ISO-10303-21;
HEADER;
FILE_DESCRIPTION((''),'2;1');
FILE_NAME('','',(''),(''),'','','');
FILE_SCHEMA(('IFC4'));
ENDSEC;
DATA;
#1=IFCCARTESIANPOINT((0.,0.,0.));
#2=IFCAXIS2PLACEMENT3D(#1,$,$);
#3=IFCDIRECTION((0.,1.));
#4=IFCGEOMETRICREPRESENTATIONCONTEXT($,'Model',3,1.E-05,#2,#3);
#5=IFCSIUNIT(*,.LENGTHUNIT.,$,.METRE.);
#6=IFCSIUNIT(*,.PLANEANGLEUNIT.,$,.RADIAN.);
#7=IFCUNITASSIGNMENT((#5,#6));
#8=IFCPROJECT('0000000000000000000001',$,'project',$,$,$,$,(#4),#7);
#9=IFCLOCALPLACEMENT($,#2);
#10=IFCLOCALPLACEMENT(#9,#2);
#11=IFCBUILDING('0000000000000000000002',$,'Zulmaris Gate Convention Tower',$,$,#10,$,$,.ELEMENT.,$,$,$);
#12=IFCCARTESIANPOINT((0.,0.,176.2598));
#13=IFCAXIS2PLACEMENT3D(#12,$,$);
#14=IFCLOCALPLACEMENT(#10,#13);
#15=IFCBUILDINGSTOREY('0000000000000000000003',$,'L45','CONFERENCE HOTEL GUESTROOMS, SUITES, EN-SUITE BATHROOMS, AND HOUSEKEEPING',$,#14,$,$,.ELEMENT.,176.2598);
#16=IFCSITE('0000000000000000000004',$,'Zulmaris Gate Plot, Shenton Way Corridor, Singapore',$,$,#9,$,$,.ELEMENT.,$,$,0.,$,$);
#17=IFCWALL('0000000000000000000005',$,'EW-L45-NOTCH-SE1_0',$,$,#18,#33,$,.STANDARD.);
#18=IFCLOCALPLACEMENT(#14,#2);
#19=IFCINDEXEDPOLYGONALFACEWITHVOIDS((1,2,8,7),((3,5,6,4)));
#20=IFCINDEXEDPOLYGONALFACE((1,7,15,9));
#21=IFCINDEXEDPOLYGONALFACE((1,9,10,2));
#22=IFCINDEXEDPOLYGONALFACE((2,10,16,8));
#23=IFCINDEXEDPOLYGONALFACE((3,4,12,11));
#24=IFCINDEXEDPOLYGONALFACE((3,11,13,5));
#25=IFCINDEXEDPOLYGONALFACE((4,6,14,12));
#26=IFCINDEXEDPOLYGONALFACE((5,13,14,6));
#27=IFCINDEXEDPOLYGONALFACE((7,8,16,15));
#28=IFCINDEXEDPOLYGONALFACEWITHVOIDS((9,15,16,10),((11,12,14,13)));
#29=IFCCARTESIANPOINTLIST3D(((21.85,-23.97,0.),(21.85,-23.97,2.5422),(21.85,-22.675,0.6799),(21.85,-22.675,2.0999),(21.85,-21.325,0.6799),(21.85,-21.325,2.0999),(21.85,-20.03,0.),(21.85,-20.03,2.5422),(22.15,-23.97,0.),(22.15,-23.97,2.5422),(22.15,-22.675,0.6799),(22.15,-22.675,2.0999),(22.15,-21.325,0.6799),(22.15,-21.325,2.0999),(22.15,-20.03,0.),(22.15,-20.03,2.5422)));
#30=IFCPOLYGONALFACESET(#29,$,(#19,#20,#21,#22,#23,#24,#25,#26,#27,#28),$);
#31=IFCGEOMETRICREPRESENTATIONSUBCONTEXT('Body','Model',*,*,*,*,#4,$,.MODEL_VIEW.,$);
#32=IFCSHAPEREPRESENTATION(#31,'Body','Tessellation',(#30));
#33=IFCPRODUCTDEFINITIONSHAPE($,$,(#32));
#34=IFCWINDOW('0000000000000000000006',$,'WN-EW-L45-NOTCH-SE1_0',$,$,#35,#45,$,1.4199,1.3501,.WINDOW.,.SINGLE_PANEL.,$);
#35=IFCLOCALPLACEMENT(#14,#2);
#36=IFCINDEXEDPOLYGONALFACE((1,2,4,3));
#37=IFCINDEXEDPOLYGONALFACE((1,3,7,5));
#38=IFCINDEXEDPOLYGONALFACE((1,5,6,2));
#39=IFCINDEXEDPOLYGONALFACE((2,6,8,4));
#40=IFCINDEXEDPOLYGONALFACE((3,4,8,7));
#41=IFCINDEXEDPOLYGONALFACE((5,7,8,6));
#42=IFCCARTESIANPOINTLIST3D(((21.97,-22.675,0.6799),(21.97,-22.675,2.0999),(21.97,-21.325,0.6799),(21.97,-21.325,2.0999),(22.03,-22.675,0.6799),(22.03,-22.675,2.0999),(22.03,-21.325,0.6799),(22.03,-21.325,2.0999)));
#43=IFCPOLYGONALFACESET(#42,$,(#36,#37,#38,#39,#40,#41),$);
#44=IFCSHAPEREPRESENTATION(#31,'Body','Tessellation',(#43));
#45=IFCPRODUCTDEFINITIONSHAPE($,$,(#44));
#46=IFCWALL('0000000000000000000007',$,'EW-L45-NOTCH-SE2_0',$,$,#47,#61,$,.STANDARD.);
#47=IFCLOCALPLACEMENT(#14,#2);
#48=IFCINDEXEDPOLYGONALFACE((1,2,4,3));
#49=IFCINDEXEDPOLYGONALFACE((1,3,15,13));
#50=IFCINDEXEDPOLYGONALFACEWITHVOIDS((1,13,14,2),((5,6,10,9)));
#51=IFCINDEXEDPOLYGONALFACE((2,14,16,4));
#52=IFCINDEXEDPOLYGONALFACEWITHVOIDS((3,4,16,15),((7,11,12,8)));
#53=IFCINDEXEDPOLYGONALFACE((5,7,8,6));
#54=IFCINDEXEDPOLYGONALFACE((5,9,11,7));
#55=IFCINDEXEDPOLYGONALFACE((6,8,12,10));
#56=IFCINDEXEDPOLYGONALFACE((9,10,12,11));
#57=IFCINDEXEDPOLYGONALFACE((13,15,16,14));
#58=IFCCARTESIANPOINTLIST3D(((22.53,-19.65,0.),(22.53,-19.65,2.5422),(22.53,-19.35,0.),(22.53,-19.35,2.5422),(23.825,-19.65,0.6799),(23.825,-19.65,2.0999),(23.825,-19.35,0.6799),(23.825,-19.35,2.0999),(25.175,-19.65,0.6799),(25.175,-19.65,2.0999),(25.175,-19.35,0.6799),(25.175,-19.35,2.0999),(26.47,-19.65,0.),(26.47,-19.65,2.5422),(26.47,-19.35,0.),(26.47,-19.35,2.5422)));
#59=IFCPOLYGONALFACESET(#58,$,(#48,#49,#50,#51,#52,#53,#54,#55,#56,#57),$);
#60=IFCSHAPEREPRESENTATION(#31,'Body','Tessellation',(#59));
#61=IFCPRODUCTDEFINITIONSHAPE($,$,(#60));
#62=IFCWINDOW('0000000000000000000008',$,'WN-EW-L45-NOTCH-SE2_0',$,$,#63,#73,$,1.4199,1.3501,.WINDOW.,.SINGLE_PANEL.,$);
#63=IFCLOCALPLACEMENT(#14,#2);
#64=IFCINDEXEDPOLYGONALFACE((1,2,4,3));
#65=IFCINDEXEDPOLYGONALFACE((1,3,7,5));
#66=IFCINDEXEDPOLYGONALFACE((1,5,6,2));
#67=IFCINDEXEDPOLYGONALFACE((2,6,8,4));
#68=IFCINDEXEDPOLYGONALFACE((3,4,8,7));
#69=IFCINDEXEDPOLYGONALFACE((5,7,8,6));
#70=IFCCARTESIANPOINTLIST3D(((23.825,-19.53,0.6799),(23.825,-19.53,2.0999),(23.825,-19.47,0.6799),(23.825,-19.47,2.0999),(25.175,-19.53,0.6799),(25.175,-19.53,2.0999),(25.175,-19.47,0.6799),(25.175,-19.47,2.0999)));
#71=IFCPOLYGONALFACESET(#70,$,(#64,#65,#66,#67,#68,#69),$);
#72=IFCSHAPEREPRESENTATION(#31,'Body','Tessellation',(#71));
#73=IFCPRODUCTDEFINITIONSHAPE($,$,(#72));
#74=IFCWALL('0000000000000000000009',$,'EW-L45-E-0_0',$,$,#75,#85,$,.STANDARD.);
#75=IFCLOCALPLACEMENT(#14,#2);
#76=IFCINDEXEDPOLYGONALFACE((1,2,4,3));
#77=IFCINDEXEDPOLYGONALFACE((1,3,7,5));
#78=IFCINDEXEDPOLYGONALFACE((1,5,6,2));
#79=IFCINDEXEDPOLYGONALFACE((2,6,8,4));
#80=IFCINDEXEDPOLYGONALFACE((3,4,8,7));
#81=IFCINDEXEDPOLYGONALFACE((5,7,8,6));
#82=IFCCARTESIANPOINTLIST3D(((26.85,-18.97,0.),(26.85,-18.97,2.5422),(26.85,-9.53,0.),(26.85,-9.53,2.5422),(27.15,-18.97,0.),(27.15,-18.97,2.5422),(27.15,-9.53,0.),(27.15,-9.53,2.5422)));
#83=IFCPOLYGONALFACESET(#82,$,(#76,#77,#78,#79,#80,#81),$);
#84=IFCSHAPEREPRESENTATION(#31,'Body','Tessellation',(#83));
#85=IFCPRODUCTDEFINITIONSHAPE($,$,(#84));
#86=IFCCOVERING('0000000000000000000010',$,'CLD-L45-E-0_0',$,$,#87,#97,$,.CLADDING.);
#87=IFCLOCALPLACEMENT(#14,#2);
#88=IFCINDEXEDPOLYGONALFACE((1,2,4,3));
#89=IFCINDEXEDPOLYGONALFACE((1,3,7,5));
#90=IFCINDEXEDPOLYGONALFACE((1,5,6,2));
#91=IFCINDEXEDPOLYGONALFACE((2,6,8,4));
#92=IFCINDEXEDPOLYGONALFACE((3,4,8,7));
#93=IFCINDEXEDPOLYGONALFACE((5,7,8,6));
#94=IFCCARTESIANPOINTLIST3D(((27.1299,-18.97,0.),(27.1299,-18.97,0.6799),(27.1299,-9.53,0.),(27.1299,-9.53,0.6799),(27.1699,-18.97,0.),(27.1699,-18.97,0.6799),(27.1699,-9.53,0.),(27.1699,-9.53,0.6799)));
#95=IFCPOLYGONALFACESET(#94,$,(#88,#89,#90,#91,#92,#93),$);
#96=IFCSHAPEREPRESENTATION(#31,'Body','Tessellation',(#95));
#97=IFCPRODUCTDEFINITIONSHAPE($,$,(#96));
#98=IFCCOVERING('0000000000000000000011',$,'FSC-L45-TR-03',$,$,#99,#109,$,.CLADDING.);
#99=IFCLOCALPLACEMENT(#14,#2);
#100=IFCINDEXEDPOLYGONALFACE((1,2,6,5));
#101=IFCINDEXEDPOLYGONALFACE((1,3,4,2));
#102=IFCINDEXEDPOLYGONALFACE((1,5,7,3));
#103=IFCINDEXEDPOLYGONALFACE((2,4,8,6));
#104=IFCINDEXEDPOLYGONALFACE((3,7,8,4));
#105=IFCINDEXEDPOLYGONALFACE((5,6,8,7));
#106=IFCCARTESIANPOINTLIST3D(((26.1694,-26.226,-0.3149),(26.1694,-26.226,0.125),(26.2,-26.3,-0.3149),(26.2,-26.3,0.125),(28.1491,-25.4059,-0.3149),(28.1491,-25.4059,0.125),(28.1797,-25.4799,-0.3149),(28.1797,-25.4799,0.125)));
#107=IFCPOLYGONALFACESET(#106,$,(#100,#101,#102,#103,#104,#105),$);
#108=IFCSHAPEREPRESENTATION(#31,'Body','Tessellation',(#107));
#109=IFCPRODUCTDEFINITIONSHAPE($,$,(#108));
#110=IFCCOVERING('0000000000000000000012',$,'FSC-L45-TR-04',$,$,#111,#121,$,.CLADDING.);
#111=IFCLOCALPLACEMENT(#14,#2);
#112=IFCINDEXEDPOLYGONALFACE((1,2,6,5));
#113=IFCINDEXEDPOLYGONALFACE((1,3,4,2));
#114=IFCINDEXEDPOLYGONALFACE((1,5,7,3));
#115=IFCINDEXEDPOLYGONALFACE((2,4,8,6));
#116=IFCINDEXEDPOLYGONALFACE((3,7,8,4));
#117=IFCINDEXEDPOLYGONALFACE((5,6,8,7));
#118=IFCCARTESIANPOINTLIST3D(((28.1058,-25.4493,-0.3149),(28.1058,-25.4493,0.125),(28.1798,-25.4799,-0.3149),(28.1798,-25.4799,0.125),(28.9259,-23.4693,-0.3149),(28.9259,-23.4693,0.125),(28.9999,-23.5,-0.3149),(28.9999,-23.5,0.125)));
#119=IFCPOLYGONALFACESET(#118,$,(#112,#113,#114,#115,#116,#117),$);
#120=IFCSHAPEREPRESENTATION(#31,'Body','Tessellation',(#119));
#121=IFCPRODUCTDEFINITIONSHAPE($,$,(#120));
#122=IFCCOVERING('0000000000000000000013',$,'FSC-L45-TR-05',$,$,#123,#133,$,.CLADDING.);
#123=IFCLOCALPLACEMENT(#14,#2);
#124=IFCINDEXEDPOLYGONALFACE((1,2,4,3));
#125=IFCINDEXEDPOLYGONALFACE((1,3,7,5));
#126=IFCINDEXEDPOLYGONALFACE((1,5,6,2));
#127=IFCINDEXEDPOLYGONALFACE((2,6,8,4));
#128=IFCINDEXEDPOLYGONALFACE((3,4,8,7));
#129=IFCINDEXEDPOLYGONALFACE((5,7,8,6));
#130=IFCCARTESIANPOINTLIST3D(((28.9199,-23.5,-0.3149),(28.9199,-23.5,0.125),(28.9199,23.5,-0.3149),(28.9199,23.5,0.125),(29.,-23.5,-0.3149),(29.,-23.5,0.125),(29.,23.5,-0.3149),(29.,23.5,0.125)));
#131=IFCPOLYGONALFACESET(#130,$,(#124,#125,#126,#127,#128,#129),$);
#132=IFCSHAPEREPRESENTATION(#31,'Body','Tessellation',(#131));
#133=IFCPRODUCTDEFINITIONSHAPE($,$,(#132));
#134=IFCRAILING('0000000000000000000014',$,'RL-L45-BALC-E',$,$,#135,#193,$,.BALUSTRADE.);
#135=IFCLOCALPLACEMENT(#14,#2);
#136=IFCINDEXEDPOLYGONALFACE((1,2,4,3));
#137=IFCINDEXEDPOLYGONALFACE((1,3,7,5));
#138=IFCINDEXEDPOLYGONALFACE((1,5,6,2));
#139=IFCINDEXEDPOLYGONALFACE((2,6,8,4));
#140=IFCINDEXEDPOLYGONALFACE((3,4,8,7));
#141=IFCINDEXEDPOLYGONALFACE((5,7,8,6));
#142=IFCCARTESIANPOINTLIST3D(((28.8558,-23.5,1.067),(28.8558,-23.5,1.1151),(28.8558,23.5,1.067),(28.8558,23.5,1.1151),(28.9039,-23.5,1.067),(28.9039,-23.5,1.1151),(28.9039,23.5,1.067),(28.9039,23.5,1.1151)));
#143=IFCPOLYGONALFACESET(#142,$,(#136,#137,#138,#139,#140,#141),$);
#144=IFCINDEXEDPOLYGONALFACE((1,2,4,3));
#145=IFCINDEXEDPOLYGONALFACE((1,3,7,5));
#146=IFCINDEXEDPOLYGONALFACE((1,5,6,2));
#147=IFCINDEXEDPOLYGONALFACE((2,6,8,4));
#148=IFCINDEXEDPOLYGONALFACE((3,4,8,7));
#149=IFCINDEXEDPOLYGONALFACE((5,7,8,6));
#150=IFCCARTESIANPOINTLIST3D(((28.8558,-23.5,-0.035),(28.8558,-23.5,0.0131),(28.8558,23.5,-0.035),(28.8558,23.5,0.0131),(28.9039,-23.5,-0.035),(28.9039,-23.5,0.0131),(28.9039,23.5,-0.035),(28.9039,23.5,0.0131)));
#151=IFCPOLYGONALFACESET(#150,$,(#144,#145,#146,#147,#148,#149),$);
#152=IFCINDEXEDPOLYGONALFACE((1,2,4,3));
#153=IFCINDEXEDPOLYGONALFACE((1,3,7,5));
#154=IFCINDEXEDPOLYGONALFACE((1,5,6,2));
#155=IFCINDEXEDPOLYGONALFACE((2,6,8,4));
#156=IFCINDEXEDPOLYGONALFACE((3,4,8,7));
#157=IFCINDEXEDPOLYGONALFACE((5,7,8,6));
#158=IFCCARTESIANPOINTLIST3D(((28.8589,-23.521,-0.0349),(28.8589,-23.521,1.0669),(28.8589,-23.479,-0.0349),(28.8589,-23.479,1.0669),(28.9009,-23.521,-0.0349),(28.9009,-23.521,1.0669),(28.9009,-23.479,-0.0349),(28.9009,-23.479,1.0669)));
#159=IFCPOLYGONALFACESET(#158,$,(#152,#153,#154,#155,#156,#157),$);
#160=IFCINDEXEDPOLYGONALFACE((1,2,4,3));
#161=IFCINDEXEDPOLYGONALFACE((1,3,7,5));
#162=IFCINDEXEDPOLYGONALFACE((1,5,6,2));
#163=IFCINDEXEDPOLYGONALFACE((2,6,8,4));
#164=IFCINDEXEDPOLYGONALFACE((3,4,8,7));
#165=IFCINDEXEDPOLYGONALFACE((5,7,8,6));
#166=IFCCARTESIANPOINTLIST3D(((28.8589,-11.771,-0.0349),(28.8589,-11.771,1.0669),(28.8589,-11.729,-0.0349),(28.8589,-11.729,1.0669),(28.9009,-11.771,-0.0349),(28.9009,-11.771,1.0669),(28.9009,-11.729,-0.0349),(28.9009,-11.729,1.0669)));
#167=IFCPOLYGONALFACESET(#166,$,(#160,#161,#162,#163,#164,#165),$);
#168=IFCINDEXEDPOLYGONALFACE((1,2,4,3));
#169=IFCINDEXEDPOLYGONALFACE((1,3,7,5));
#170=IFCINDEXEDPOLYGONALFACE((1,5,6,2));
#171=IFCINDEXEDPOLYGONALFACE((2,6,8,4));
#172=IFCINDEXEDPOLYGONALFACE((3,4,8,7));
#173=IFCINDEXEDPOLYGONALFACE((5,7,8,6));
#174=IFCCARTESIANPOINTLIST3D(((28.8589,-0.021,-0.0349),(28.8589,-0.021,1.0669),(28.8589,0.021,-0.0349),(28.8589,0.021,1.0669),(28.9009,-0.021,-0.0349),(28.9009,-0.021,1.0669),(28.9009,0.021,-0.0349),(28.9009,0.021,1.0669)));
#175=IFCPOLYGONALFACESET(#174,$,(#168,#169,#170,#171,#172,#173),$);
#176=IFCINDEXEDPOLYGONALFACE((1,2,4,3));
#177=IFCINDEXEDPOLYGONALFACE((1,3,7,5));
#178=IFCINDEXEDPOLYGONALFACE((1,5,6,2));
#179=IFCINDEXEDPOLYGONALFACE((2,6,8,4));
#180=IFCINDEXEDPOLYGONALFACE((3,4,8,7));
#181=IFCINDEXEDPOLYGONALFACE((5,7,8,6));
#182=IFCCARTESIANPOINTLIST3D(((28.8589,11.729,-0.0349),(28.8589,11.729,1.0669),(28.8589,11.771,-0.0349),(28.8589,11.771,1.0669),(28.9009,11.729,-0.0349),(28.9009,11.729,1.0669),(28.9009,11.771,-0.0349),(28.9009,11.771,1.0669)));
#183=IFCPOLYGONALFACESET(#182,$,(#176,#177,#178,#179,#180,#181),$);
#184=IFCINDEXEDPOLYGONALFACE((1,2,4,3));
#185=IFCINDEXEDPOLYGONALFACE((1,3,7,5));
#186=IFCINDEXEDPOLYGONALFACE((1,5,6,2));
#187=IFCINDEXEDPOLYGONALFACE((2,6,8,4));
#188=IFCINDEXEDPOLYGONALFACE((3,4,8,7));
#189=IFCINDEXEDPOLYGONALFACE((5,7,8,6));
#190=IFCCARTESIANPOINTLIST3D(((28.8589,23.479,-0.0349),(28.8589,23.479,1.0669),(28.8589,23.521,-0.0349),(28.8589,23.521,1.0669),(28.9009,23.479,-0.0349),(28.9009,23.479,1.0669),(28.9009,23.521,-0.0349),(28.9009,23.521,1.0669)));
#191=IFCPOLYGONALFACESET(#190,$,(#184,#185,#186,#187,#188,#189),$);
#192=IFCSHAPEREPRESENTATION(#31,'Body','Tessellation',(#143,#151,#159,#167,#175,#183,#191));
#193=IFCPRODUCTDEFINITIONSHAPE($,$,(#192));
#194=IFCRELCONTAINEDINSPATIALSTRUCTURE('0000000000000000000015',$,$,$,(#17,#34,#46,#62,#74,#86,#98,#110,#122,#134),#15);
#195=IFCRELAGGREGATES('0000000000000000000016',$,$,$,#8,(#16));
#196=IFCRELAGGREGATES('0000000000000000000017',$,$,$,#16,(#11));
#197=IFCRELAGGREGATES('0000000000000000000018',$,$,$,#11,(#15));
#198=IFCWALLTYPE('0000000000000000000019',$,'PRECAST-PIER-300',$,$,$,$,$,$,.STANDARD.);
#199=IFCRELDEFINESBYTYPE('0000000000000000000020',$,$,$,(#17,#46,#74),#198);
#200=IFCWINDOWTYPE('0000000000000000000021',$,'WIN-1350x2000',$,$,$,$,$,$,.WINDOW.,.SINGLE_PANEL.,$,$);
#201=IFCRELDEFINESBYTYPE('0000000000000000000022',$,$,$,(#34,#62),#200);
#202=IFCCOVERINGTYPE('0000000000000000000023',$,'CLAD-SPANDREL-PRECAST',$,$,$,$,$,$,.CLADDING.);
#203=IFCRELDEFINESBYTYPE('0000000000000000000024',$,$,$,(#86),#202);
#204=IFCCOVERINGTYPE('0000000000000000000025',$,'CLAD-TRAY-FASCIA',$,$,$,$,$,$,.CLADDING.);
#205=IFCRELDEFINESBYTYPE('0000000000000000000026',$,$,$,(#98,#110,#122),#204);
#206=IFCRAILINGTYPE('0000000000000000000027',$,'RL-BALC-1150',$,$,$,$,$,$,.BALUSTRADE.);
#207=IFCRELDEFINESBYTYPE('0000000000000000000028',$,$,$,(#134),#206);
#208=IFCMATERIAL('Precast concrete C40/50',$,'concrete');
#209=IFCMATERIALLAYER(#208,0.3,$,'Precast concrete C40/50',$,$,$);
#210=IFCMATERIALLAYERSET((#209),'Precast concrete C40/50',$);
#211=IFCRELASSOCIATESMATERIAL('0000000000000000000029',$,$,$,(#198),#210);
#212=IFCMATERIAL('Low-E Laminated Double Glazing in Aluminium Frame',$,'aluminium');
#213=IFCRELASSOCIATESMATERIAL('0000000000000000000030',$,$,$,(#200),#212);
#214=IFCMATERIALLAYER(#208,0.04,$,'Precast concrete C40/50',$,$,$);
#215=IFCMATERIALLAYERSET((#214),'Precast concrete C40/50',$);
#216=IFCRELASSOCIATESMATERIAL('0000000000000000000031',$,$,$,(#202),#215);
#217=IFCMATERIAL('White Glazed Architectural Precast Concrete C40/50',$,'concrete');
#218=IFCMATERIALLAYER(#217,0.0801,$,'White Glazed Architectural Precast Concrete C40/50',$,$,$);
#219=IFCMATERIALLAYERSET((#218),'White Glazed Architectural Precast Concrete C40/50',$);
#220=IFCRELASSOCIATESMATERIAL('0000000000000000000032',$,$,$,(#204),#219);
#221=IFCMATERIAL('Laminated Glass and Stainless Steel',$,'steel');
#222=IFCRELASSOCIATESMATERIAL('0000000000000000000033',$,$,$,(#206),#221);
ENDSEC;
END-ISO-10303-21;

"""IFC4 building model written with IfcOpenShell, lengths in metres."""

from ifc_helpers import new_model, si_unit, direction, frame, frame_2d, origin, origin_2d, place, context, subcontext, project, spatial, rectangle, extrude, material, layer, layer_set, type_object, element, fill, save


model = new_model("IFC4")

# Units and contexts
model_context = context("Model", 3, precision=1e-05, world=origin(), true_north=direction((0.0, 1.0)))
body_context = subcontext(model_context, "Body", "Model", "MODEL_VIEW")
ifc_project = project(units=[si_unit("LENGTHUNIT", "METRE"), si_unit("PLANEANGLEUNIT", "RADIAN")], contexts=[model_context])

# Site, building, storey
site_placement = place(None, origin())
site = spatial("IfcSite", under=ifc_project, at=site_placement, Name="Zulmaris Gate Plot, Shenton Way Corridor, Singapore", CompositionType="ELEMENT", RefElevation=0.0)
building_placement = place(site_placement, origin())
building = spatial("IfcBuilding", under=site, at=building_placement, Name="Zulmaris Gate Convention Tower", CompositionType="ELEMENT")
storey_placement = place(building_placement, frame((0.0, 0.0, 176.2598)))
storey = spatial("IfcBuildingStorey", under=building, at=storey_placement, Name="L45", Description="CONFERENCE HOTEL GUESTROOMS, SUITES, EN-SUITE BATHROOMS, AND HOUSEKEEPING", CompositionType="ELEMENT", Elevation=176.2598)

# Walls, openings, windows
ifc_material_1 = material(Name="Precast concrete C40/50", Category="concrete")
ifc_layer_1 = layer(ifc_material_1, 0.3, Name="Precast concrete C40/50")
ifc_layer_set_1 = layer_set([ifc_layer_1], Name="Precast concrete C40/50")
wall_type_1 = type_object("IfcWallType", Name="PRECAST-PIER-300", PredefinedType="STANDARD", material=ifc_layer_set_1)
wall_1_placement = place(storey_placement, frame((22.0, -23.97, 0.0), z_axis=(0.0, 0.0, 1.0), x_axis=(0.0, 1.0, 0.0)))
wall_1 = element("IfcWall", 1, at=wall_1_placement, inside=storey, type_object=wall_type_1, Name="EW-L45-NOTCH-SE1_0", PredefinedType="STANDARD", context=body_context, shape_type="SweptSolid", body=[
    extrude(rectangle(XDim=3.9399, YDim=0.3, at=frame_2d((1.97, 0.0))), origin(), (0.0, 0.0, 1.0), 2.5422),
])
opening_1_placement = place(wall_1_placement, frame((1.2949, 0.0, 0.6799)))
opening_1 = element("IfcOpeningElement", 2, at=opening_1_placement, cuts=wall_1, PredefinedType="OPENING", context=body_context, shape_type="SweptSolid", body=[
    extrude(rectangle(XDim=1.3501, YDim=1.4199, at=frame_2d((0.675, 0.71))), frame((0.0, 0.1602, 0.0), z_axis=(0.0, -1.0, 0.0), x_axis=(1.0, 0.0, 0.0)), (0.0, 0.0, 1.0), 0.3201),
])
ifc_material_2 = material(Name="Low-E Laminated Double Glazing in Aluminium Frame", Category="aluminium")
window_type = type_object("IfcWindowType", Name="WIN-1350x2000", PartitioningType="SINGLE_PANEL", PredefinedType="WINDOW", material=ifc_material_2)
window_1_placement = place(opening_1_placement, origin())
window_1 = element("IfcWindow", 3, at=window_1_placement, inside=storey, type_object=window_type, Name="WN-EW-L45-NOTCH-SE1_0", OverallHeight=1.4199, OverallWidth=1.3501, PartitioningType="SINGLE_PANEL", PredefinedType="WINDOW", context=body_context, shape_type="SweptSolid", body=[
    extrude(rectangle(XDim=1.3501, YDim=1.4199, at=frame_2d((0.675, 0.71))), frame((0.0, 0.03, 0.0), z_axis=(0.0, -1.0, 0.0), x_axis=(1.0, 0.0, 0.0)), (0.0, 0.0, 1.0), 0.0601),
])
fill(opening_1, window_1)
wall_2_placement = place(storey_placement, frame((22.53, -19.5, 0.0), z_axis=(0.0, 0.0, 1.0), x_axis=(1.0, 0.0, 0.0)))
wall_2 = element("IfcWall", 4, at=wall_2_placement, inside=storey, type_object=wall_type_1, Name="EW-L45-NOTCH-SE2_0", PredefinedType="STANDARD", context=body_context, shape_type="SweptSolid", body=[
    extrude(rectangle(XDim=3.9399, YDim=0.3, at=frame_2d((1.97, 0.0))), origin(), (0.0, 0.0, 1.0), 2.5422),
])
opening_2_placement = place(wall_2_placement, frame((1.2949, 0.0, 0.6799)))
opening_2 = element("IfcOpeningElement", 5, at=opening_2_placement, cuts=wall_2, PredefinedType="OPENING", context=body_context, shape_type="SweptSolid", body=[
    extrude(rectangle(XDim=1.3501, YDim=1.4199, at=frame_2d((0.675, 0.71))), frame((0.0, 0.1602, 0.0), z_axis=(0.0, -1.0, 0.0), x_axis=(1.0, 0.0, 0.0)), (0.0, 0.0, 1.0), 0.3201),
])
window_2_placement = place(opening_2_placement, origin())
window_2 = element("IfcWindow", 6, at=window_2_placement, inside=storey, type_object=window_type, Name="WN-EW-L45-NOTCH-SE2_0", OverallHeight=1.4199, OverallWidth=1.3501, PartitioningType="SINGLE_PANEL", PredefinedType="WINDOW", context=body_context, shape_type="SweptSolid", body=[
    extrude(rectangle(XDim=1.3501, YDim=1.4199, at=frame_2d((0.675, 0.71))), frame((0.0, 0.03, 0.0), z_axis=(0.0, -1.0, 0.0), x_axis=(1.0, 0.0, 0.0)), (0.0, 0.0, 1.0), 0.0601),
])
fill(opening_2, window_2)

# Wall
wall_3_placement = place(storey_placement, frame((27.0, -18.97, 0.0), z_axis=(0.0, 0.0, 1.0), x_axis=(0.0, 1.0, 0.0)))
element("IfcWall", 7, at=wall_3_placement, inside=storey, type_object=wall_type_1, Name="EW-L45-E-0_0", PredefinedType="STANDARD", context=body_context, shape_type="SweptSolid", body=[
    extrude(rectangle(XDim=9.4399, YDim=0.3, at=frame_2d((4.72, 0.0))), origin(), (0.0, 0.0, 1.0), 2.5422),
])

# Coverings
ifc_layer_2 = layer(ifc_material_1, 0.04, Name="Precast concrete C40/50")
ifc_layer_set_2 = layer_set([ifc_layer_2], Name="Precast concrete C40/50")
covering_type_1 = type_object("IfcCoveringType", Name="CLAD-SPANDREL-PRECAST", PredefinedType="CLADDING", material=ifc_layer_set_2)
covering_1_placement = place(storey_placement, frame((27.1499, -18.97, 0.0), z_axis=(0.0, 0.0, 1.0), x_axis=(0.0, 1.0, 0.0)))
element("IfcCovering", 8, at=covering_1_placement, inside=storey, type_object=covering_type_1, Name="CLD-L45-E-0_0", PredefinedType="CLADDING", context=body_context, shape_type="SweptSolid", body=[
    extrude(rectangle(XDim=9.4399, YDim=0.04, at=frame_2d((4.72, 0.0))), origin(), (0.0, 0.0, 1.0), 0.6799),
])
ifc_material_3 = material(Name="White Glazed Architectural Precast Concrete C40/50", Category="concrete")
ifc_layer_3 = layer(ifc_material_3, 0.0801, Name="White Glazed Architectural Precast Concrete C40/50")
ifc_layer_set_3 = layer_set([ifc_layer_3], Name="White Glazed Architectural Precast Concrete C40/50")
covering_type_2 = type_object("IfcCoveringType", Name="CLAD-TRAY-FASCIA", PredefinedType="CLADDING", material=ifc_layer_set_3)
covering_2_placement = place(storey_placement, frame((26.1848, -26.2629, -0.3149), z_axis=(0.0, 0.0, 1.0), x_axis=(0.923874, 0.382697, 0.0)))
element("IfcCovering", 9, at=covering_2_placement, inside=storey, type_object=covering_type_2, Name="FSC-L45-TR-03", PredefinedType="CLADDING", context=body_context, shape_type="SweptSolid", body=[
    extrude(rectangle(XDim=2.1428, YDim=0.0801, at=frame_2d((1.0713, 0.0))), origin(), (0.0, 0.0, 1.0), 0.4399),
])
covering_3_placement = place(storey_placement, frame((28.1428, -25.4646, -0.3149), z_axis=(0.0, 0.0, 1.0), x_axis=(0.382657, 0.92389, 0.0)))
element("IfcCovering", 10, at=covering_3_placement, inside=storey, type_object=covering_type_2, Name="FSC-L45-TR-04", PredefinedType="CLADDING", context=body_context, shape_type="SweptSolid", body=[
    extrude(rectangle(XDim=2.1431, YDim=0.0801, at=frame_2d((1.0715, 0.0))), origin(), (0.0, 0.0, 1.0), 0.4399),
])
covering_4_placement = place(storey_placement, frame((28.96, -23.5, -0.3149), z_axis=(0.0, 0.0, 1.0), x_axis=(0.0, 1.0, 0.0)))
element("IfcCovering", 11, at=covering_4_placement, inside=storey, type_object=covering_type_2, Name="FSC-L45-TR-05", PredefinedType="CLADDING", context=body_context, shape_type="SweptSolid", body=[
    extrude(rectangle(XDim=47.0, YDim=0.0801, at=frame_2d((23.5, 0.0))), origin(), (0.0, 0.0, 1.0), 0.4399),
])

# Railing
ifc_material_4 = material(Name="Laminated Glass and Stainless Steel", Category="steel")
railing_type = type_object("IfcRailingType", Name="RL-BALC-1150", PredefinedType="BALUSTRADE", material=ifc_material_4)
railing_placement = place(storey_placement, frame((28.8799, -23.5, -0.0349)))
element("IfcRailing", 12, at=railing_placement, inside=storey, type_object=railing_type, Name="RL-L45-BALC-E", PredefinedType="BALUSTRADE", context=body_context, shape_type="SweptSolid", body=[
    extrude(rectangle(XDim=0.0481, YDim=0.0481, at=origin_2d()), frame((0.0, 0.0, 1.126), z_axis=(0.0, 1.0, 0.0), x_axis=(-1.0, 0.0, 0.0)), (0.0, 0.0, 1.0), 47.0),
    extrude(rectangle(XDim=0.0481, YDim=0.0481, at=origin_2d()), frame((0.0, 0.0, 0.0239), z_axis=(0.0, 1.0, 0.0), x_axis=(-1.0, 0.0, 0.0)), (0.0, 0.0, 1.0), 47.0),
    extrude(rectangle(XDim=0.042, YDim=0.042, at=origin_2d()), origin(), (0.0, 0.0, 1.0), 1.1018),
    extrude(rectangle(XDim=0.042, YDim=0.042, at=origin_2d()), frame((0.0, 11.75, 0.0)), (0.0, 0.0, 1.0), 1.1018),
    extrude(rectangle(XDim=0.042, YDim=0.042, at=origin_2d()), frame((0.0, 23.5, 0.0)), (0.0, 0.0, 1.0), 1.1018),
    extrude(rectangle(XDim=0.042, YDim=0.042, at=origin_2d()), frame((0.0, 35.25, 0.0)), (0.0, 0.0, 1.0), 1.1018),
    extrude(rectangle(XDim=0.042, YDim=0.042, at=origin_2d()), frame((0.0, 47.0, 0.0)), (0.0, 0.0, 1.0), 1.1018),
])

save(model, "model.ifc")
